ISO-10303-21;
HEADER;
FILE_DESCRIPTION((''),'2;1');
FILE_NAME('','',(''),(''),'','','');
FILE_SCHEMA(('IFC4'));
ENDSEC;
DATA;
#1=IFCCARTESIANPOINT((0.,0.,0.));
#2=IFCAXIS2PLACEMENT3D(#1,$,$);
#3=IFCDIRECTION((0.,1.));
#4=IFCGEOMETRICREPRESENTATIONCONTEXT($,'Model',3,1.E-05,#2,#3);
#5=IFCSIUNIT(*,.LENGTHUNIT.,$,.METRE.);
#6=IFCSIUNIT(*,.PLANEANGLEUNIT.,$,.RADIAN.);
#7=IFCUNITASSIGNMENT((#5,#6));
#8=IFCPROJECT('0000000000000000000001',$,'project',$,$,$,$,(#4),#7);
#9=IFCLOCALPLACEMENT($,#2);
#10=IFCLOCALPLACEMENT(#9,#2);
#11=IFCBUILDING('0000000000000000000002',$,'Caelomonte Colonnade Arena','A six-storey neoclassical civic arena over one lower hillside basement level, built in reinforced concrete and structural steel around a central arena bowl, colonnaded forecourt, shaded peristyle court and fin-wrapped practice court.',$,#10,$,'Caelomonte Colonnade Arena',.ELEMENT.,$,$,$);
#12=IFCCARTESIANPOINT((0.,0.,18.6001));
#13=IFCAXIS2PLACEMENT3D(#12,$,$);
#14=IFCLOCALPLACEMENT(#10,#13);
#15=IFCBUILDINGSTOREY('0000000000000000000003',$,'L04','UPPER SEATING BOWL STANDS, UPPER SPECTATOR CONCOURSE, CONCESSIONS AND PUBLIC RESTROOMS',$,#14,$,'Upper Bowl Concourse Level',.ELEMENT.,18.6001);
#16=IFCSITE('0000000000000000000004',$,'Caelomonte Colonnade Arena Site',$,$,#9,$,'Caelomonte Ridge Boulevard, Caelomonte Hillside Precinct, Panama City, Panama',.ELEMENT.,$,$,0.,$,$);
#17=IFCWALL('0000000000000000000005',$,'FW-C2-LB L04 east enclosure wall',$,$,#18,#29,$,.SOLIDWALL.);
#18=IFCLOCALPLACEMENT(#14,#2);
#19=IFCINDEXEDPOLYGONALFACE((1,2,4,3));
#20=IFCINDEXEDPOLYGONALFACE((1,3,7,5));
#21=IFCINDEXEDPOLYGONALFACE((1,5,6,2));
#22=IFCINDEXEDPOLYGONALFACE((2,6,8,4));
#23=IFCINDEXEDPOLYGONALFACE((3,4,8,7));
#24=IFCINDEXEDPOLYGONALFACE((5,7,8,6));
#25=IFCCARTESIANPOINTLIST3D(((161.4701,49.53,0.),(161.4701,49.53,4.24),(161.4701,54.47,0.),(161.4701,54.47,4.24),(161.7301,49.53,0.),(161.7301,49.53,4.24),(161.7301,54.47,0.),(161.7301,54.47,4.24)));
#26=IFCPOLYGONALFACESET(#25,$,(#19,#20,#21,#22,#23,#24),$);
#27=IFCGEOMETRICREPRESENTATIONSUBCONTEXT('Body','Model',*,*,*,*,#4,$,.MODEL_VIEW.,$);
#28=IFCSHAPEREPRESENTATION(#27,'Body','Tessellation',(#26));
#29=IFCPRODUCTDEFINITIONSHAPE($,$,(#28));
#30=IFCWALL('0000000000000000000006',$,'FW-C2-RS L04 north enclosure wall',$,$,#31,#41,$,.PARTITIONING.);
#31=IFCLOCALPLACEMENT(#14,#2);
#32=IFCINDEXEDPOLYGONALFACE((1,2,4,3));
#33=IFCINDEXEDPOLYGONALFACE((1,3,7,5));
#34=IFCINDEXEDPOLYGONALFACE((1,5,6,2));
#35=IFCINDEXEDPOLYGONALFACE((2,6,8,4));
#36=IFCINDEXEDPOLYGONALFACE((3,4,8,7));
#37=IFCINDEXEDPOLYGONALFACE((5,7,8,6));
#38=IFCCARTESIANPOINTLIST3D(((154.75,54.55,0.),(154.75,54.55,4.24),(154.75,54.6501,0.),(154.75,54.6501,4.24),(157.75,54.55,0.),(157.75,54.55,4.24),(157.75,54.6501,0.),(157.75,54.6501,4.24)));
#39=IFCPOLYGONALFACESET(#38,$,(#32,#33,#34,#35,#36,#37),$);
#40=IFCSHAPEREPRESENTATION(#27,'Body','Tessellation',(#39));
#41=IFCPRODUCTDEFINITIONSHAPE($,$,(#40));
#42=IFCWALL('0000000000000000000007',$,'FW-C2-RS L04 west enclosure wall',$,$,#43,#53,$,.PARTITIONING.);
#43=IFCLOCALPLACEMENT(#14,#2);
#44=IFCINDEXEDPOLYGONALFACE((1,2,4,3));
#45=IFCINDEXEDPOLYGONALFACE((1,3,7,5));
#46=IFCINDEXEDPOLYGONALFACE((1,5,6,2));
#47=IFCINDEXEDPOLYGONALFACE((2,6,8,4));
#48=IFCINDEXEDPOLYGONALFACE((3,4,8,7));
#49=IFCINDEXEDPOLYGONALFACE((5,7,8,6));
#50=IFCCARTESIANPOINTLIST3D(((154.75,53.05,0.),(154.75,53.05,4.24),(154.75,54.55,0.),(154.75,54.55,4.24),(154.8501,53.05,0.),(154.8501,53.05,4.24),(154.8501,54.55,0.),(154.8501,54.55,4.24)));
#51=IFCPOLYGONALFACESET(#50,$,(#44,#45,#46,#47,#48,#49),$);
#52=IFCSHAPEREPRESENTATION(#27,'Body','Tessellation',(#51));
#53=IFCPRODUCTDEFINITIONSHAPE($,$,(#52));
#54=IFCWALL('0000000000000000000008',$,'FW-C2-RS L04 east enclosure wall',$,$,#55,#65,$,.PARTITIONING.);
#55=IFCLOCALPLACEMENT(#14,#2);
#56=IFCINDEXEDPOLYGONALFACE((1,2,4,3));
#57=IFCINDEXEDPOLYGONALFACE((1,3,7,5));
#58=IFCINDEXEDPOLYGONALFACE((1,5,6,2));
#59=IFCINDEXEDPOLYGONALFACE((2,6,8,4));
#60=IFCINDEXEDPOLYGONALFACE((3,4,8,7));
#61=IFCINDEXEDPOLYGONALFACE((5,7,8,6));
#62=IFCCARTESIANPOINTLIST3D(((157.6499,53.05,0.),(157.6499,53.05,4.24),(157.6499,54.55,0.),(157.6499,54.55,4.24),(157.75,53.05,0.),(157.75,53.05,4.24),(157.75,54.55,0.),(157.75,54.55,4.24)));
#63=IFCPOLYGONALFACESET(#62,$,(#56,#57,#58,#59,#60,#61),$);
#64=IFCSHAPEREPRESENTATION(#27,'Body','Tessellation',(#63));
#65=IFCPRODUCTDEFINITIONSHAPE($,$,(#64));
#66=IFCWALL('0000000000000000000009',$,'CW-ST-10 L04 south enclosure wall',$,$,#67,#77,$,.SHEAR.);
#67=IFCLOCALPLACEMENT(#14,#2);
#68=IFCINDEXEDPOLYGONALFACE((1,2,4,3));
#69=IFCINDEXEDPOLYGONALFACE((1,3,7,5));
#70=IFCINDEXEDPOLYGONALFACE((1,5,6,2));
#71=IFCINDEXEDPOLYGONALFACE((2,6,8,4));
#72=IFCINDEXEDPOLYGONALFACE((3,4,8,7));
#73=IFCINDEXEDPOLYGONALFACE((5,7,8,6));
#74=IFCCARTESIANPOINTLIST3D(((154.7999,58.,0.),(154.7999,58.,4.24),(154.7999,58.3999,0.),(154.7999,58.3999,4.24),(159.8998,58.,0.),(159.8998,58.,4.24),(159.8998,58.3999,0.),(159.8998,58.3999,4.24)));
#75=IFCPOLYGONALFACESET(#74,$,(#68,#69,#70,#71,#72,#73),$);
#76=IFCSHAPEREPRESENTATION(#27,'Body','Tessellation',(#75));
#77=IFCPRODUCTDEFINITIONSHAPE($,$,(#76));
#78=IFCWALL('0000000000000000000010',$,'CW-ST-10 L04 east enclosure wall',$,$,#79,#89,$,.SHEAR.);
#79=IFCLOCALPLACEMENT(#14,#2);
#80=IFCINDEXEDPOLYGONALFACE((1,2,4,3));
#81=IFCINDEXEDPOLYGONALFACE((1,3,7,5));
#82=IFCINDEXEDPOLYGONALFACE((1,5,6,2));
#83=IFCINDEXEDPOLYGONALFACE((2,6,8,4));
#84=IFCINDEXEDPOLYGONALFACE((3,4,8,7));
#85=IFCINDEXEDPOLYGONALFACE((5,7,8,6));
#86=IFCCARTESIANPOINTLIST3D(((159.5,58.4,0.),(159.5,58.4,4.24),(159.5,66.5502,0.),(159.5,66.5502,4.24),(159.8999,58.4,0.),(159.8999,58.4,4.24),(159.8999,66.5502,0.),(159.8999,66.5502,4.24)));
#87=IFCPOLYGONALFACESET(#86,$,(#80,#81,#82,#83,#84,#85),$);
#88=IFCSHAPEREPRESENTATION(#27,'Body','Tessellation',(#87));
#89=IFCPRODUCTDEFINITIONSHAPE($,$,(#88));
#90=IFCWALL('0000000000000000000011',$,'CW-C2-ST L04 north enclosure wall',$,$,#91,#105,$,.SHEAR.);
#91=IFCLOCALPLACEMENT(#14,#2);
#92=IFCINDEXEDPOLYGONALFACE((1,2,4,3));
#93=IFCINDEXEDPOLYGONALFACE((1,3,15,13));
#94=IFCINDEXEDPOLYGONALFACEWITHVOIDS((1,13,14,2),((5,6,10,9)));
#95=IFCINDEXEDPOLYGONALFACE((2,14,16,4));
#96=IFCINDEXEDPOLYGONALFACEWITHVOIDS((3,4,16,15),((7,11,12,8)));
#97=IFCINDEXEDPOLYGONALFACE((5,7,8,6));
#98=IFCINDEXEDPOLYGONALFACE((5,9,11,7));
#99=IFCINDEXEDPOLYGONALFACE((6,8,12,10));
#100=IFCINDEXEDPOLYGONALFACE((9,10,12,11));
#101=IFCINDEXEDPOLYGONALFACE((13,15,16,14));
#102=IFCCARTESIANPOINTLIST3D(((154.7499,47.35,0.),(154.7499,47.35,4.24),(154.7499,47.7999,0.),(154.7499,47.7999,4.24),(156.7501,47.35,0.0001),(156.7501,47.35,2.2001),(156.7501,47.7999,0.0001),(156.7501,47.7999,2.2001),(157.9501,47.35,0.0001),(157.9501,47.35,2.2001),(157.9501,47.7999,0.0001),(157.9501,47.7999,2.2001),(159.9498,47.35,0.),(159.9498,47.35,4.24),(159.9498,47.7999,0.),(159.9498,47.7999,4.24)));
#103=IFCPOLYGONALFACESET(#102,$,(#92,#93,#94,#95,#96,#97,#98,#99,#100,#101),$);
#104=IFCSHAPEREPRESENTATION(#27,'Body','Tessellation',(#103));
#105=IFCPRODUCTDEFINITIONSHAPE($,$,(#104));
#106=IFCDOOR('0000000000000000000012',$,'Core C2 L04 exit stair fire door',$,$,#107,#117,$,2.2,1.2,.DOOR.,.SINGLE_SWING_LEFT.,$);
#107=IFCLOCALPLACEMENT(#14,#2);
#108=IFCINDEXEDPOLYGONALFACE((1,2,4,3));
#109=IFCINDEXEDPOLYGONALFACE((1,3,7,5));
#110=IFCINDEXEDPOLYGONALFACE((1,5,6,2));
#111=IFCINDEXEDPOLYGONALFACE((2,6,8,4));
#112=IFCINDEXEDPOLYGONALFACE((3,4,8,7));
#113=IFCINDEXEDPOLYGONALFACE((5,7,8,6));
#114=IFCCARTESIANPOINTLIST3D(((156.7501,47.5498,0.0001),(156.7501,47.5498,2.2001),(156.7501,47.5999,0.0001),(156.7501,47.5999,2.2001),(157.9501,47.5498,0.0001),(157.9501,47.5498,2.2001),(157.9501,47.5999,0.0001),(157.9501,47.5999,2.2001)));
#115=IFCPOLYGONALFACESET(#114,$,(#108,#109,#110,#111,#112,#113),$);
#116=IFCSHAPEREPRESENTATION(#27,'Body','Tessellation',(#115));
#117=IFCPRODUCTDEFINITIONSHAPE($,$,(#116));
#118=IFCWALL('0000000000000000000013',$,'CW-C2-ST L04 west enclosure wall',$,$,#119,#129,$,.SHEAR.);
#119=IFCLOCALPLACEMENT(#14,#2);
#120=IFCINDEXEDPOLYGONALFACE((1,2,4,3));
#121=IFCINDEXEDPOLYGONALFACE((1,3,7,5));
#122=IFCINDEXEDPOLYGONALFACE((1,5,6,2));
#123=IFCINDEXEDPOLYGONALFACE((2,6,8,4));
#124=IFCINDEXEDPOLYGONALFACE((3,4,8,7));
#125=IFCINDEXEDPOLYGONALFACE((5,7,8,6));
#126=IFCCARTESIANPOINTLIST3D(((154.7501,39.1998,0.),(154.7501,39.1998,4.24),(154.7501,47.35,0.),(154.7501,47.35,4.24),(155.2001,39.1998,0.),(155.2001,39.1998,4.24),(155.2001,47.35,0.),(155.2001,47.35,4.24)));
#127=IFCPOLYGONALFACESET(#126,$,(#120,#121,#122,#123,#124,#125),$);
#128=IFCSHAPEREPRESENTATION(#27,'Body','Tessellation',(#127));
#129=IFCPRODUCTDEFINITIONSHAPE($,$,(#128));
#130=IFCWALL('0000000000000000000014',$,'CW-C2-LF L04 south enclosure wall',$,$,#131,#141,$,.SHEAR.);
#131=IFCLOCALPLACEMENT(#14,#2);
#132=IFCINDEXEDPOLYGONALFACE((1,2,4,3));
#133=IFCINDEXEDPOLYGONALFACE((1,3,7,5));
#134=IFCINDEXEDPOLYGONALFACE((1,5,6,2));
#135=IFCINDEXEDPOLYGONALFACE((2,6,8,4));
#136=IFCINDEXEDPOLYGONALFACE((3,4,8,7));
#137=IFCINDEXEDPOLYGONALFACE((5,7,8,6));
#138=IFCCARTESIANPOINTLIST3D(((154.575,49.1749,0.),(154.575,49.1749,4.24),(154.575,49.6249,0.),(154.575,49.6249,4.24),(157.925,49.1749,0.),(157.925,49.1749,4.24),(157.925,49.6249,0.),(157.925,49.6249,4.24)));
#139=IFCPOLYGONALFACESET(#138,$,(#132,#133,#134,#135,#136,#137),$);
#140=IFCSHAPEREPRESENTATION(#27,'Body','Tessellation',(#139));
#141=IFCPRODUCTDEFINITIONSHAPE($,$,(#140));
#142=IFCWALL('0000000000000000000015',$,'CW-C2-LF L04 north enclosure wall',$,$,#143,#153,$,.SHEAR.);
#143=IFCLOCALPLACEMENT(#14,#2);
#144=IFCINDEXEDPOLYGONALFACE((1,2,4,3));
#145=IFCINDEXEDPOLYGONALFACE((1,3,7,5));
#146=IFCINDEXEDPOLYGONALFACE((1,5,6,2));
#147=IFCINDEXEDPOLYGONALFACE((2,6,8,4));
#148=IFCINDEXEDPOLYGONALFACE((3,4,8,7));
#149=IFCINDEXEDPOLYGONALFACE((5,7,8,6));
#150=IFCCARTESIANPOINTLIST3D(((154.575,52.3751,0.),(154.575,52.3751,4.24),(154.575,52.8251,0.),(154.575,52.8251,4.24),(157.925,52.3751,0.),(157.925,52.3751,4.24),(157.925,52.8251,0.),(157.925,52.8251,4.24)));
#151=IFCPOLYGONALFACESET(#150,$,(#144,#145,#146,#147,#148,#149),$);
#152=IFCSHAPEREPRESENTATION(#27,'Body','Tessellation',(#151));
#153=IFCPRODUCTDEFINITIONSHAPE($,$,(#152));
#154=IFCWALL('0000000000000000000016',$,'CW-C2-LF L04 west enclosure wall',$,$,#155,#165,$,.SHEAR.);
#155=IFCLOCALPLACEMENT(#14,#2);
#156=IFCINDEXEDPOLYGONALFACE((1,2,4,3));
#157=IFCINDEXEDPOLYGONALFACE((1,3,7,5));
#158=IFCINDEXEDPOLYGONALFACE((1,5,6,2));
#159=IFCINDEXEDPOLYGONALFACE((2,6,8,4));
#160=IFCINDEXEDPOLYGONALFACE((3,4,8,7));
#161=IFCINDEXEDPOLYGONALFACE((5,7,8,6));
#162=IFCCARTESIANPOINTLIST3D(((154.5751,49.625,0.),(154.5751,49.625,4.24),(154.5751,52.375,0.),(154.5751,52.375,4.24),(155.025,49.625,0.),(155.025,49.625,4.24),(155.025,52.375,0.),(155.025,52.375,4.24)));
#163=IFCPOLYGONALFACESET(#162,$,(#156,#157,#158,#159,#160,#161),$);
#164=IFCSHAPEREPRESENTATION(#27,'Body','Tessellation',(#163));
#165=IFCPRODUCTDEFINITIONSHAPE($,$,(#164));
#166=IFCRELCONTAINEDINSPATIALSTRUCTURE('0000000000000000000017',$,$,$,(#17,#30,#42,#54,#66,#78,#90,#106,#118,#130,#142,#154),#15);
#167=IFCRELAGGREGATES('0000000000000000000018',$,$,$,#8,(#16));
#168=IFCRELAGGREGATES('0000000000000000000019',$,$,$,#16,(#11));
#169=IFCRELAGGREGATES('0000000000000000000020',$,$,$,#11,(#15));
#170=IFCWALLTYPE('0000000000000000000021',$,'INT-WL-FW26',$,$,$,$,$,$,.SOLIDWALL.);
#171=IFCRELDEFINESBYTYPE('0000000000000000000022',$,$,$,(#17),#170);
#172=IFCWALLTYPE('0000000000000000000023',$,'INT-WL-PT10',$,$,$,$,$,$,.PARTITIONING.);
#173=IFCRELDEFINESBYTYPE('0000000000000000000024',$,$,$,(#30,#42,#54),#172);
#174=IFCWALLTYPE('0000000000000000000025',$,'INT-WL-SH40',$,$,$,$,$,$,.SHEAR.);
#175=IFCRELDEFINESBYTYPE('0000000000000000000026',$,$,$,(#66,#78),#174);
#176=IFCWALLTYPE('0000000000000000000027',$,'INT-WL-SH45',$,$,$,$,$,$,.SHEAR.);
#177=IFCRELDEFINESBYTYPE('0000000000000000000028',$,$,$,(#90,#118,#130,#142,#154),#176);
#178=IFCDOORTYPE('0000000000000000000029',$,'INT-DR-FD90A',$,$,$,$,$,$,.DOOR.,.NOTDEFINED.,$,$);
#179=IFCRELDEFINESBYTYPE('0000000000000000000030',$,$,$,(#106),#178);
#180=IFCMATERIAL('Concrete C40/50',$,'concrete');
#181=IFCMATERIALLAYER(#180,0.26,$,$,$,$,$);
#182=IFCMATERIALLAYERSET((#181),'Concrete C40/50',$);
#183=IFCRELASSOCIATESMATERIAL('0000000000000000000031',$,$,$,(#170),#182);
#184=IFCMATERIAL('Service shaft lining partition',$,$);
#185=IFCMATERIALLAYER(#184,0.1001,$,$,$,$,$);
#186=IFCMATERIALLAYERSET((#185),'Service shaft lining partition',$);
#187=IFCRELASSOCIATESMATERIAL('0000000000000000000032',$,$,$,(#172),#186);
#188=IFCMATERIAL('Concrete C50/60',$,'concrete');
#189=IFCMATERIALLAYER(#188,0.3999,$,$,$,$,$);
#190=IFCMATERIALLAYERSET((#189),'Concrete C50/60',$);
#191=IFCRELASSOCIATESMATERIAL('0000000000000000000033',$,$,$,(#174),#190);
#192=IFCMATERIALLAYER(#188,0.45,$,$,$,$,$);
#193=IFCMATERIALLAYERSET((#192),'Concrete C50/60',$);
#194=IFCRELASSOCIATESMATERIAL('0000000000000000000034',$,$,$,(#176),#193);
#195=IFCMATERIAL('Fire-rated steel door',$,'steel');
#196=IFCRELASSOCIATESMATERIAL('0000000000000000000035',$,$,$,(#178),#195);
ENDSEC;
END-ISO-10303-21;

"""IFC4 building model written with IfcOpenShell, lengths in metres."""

from ifc_helpers import new_model, si_unit, direction, frame, frame_2d, origin, place, context, subcontext, project, spatial, rectangle, extrude, material, layer, layer_set, type_object, element, fill, save


model = new_model("IFC4")

# Units and contexts
model_context = context("Model", 3, precision=1e-05, world=origin(), true_north=direction((0.0, 1.0)))
body_context = subcontext(model_context, "Body", "Model", "MODEL_VIEW")
ifc_project = project(units=[si_unit("LENGTHUNIT", "METRE"), si_unit("PLANEANGLEUNIT", "RADIAN")], contexts=[model_context])

# Site, building, storey
site_placement = place(None, origin())
site = spatial("IfcSite", under=ifc_project, at=site_placement, Name="Caelomonte Colonnade Arena Site", LongName="Caelomonte Ridge Boulevard, Caelomonte Hillside Precinct, Panama City, Panama", CompositionType="ELEMENT", RefElevation=0.0)
building_placement = place(site_placement, origin())
building = spatial("IfcBuilding", under=site, at=building_placement, Name="Caelomonte Colonnade Arena", Description="A six-storey neoclassical civic arena over one lower hillside basement level, built in reinforced concrete and structural steel around a central arena bowl, colonnaded forecourt, shaded peristyle court and fin-wrapped practice court.", LongName="Caelomonte Colonnade Arena", CompositionType="ELEMENT")
storey_placement = place(building_placement, frame((0.0, 0.0, 18.6001)))
storey = spatial("IfcBuildingStorey", under=building, at=storey_placement, Name="L04", Description="UPPER SEATING BOWL STANDS, UPPER SPECTATOR CONCOURSE, CONCESSIONS AND PUBLIC RESTROOMS", LongName="Upper Bowl Concourse Level", CompositionType="ELEMENT", Elevation=18.6001)

# Shared definitions
ifc_material_1 = material(Name="Concrete C40/50", Category="concrete")

# Shared definitions
ifc_material_2 = material(Name="Concrete C50/60", Category="concrete")

# Shared definitions
ifc_layer_1 = layer(ifc_material_1, 0.26)
ifc_layer_set_1 = layer_set([ifc_layer_1], Name="Concrete C40/50")
wall_type_1 = type_object("IfcWallType", Name="INT-WL-FW26", PredefinedType="SOLIDWALL", material=ifc_layer_set_1)

# Walls
wall_1_placement = place(storey_placement, frame((161.6001, 49.53, 0.0), z_axis=(0.0, 0.0, 1.0), x_axis=(0.0, 1.0, 0.0)))
element("IfcWall", 1, at=wall_1_placement, inside=storey, type_object=wall_type_1, Name="FW-C2-LB L04 east enclosure wall", PredefinedType="SOLIDWALL", context=body_context, shape_type="SweptSolid", body=[
    extrude(rectangle(XDim=4.9399, YDim=0.26, at=frame_2d((2.47, 0.0))), origin(), (0.0, 0.0, 1.0), 4.24),
])
ifc_material_3 = material(Name="Service shaft lining partition")
ifc_layer_2 = layer(ifc_material_3, 0.1001)
ifc_layer_set_2 = layer_set([ifc_layer_2], Name="Service shaft lining partition")
wall_type_2 = type_object("IfcWallType", Name="INT-WL-PT10", PredefinedType="PARTITIONING", material=ifc_layer_set_2)
wall_2_placement = place(storey_placement, frame((157.75, 54.6001, 0.0), z_axis=(0.0, 0.0, 1.0), x_axis=(-1.0, 0.0, 0.0)))
element("IfcWall", 2, at=wall_2_placement, inside=storey, type_object=wall_type_2, Name="FW-C2-RS L04 north enclosure wall", PredefinedType="PARTITIONING", context=body_context, shape_type="SweptSolid", body=[
    extrude(rectangle(XDim=3.0, YDim=0.1001, at=frame_2d((1.5, 0.0))), origin(), (0.0, 0.0, 1.0), 4.24),
])
for number, where, z_axis, x_axis, name in (
    (3, (154.8, 54.55, 0.0), (0.0, 0.0, 1.0), (0.0, -1.0, 0.0), "FW-C2-RS L04 west enclosure wall"),
    (4, (157.7, 53.05, 0.0), (0.0, 0.0, 1.0), (0.0, 1.0, 0.0), "FW-C2-RS L04 east enclosure wall"),
):
    element("IfcWall", number, at=place(storey_placement, frame(where, z_axis=z_axis, x_axis=x_axis)), inside=storey, type_object=wall_type_2, Name=name, PredefinedType="PARTITIONING", context=body_context, shape_type="SweptSolid", body=[
        extrude(rectangle(XDim=1.5, YDim=0.1001, at=frame_2d((0.75, 0.0))), origin(), (0.0, 0.0, 1.0), 4.24),
    ])
ifc_layer_3 = layer(ifc_material_2, 0.3999)
ifc_layer_set_3 = layer_set([ifc_layer_3], Name="Concrete C50/60")
wall_type_3 = type_object("IfcWallType", Name="INT-WL-SH40", PredefinedType="SHEAR", material=ifc_layer_set_3)
wall_3_placement = place(storey_placement, frame((154.8, 58.2, 0.0), z_axis=(0.0, 0.0, 1.0), x_axis=(1.0, 0.0, 0.0)))
element("IfcWall", 5, at=wall_3_placement, inside=storey, type_object=wall_type_3, Name="CW-ST-10 L04 south enclosure wall", PredefinedType="SHEAR", context=body_context, shape_type="SweptSolid", body=[
    extrude(rectangle(XDim=5.0999, YDim=0.3999, at=frame_2d((2.5498, 0.0))), origin(), (0.0, 0.0, 1.0), 4.24),
])
wall_4_placement = place(storey_placement, frame((159.7, 58.3999, 0.0), z_axis=(0.0, 0.0, 1.0), x_axis=(0.0, 1.0, 0.0)))
element("IfcWall", 6, at=wall_4_placement, inside=storey, type_object=wall_type_3, Name="CW-ST-10 L04 east enclosure wall", PredefinedType="SHEAR", context=body_context, shape_type="SweptSolid", body=[
    extrude(rectangle(XDim=8.1501, YDim=0.3999, at=frame_2d((4.0752, 0.0))), origin(), (0.0, 0.0, 1.0), 4.24),
])

# Wall, opening, door
ifc_layer_4 = layer(ifc_material_2, 0.45)
ifc_layer_set_4 = layer_set([ifc_layer_4], Name="Concrete C50/60")
wall_type_4 = type_object("IfcWallType", Name="INT-WL-SH45", PredefinedType="SHEAR", material=ifc_layer_set_4)
wall_5_placement = place(storey_placement, frame((159.95, 47.575, 0.0), z_axis=(0.0, 0.0, 1.0), x_axis=(-1.0, 0.0, 0.0)))
wall_5 = element("IfcWall", 7, at=wall_5_placement, inside=storey, type_object=wall_type_4, Name="CW-C2-ST L04 north enclosure wall", PredefinedType="SHEAR", context=body_context, shape_type="SweptSolid", body=[
    extrude(rectangle(XDim=5.2, YDim=0.45, at=frame_2d((2.6001, 0.0))), origin(), (0.0, 0.0, 1.0), 4.24),
])
opening_1_placement = place(wall_5_placement, frame((3.2, 0.0, 0.0), z_axis=(0.0, 0.0, 1.0), x_axis=(-1.0, 0.0, 0.0)))
opening_1 = element("IfcOpeningElement", 8, at=opening_1_placement, cuts=wall_5, PredefinedType="OPENING", context=body_context, shape_type="SweptSolid", body=[
    extrude(rectangle(XDim=1.2, YDim=2.2, at=frame_2d((0.6001, 1.1001))), frame((0.0, 0.2349, 0.0), z_axis=(0.0, -1.0, 0.0), x_axis=(1.0, 0.0, 0.0)), (0.0, 0.0, 1.0), 0.47),
])
ifc_material_4 = material(Name="Fire-rated steel door", Category="steel")
door_type_1 = type_object("IfcDoorType", Name="INT-DR-FD90A", OperationType="NOTDEFINED", PredefinedType="DOOR", material=ifc_material_4)
door_1_placement = place(opening_1_placement, origin())
door_1 = element("IfcDoor", 9, at=door_1_placement, inside=storey, type_object=door_type_1, Name="Core C2 L04 exit stair fire door", OperationType="SINGLE_SWING_LEFT", OverallHeight=2.2, OverallWidth=1.2, PredefinedType="DOOR", context=body_context, shape_type="SweptSolid", body=[
    extrude(rectangle(XDim=1.2, YDim=2.2, at=frame_2d((0.6001, 1.1001))), frame((0.0, 0.0249, 0.0), z_axis=(0.0, -1.0, 0.0), x_axis=(1.0, 0.0, 0.0)), (0.0, 0.0, 1.0), 0.05),
])
fill(opening_1, door_1)

# Walls
wall_6_placement = place(storey_placement, frame((154.9751, 47.3501, 0.0), z_axis=(0.0, 0.0, 1.0), x_axis=(0.0, -1.0, 0.0)))
element("IfcWall", 10, at=wall_6_placement, inside=storey, type_object=wall_type_4, Name="CW-C2-ST L04 west enclosure wall", PredefinedType="SHEAR", context=body_context, shape_type="SweptSolid", body=[
    extrude(rectangle(XDim=8.1501, YDim=0.45, at=frame_2d((4.0752, 0.0))), origin(), (0.0, 0.0, 1.0), 4.24),
])
for number, where, z_axis, x_axis, name in (
    (11, (154.575, 49.3999, 0.0), (0.0, 0.0, 1.0), (1.0, 0.0, 0.0), "CW-C2-LF L04 south enclosure wall"),
    (12, (157.925, 52.6001, 0.0), (0.0, 0.0, 1.0), (-1.0, 0.0, 0.0), "CW-C2-LF L04 north enclosure wall"),
):
    element("IfcWall", number, at=place(storey_placement, frame(where, z_axis=z_axis, x_axis=x_axis)), inside=storey, type_object=wall_type_4, Name=name, PredefinedType="SHEAR", context=body_context, shape_type="SweptSolid", body=[
        extrude(rectangle(XDim=3.3501, YDim=0.45, at=frame_2d((1.675, 0.0))), origin(), (0.0, 0.0, 1.0), 4.24),
    ])
wall_7_placement = place(storey_placement, frame((154.8, 52.375, 0.0), z_axis=(0.0, 0.0, 1.0), x_axis=(0.0, -1.0, 0.0)))
element("IfcWall", 13, at=wall_7_placement, inside=storey, type_object=wall_type_4, Name="CW-C2-LF L04 west enclosure wall", PredefinedType="SHEAR", context=body_context, shape_type="SweptSolid", body=[
    extrude(rectangle(XDim=2.75, YDim=0.45, at=frame_2d((1.375, 0.0))), origin(), (0.0, 0.0, 1.0), 4.24),
])

save(model, "model.ifc")
